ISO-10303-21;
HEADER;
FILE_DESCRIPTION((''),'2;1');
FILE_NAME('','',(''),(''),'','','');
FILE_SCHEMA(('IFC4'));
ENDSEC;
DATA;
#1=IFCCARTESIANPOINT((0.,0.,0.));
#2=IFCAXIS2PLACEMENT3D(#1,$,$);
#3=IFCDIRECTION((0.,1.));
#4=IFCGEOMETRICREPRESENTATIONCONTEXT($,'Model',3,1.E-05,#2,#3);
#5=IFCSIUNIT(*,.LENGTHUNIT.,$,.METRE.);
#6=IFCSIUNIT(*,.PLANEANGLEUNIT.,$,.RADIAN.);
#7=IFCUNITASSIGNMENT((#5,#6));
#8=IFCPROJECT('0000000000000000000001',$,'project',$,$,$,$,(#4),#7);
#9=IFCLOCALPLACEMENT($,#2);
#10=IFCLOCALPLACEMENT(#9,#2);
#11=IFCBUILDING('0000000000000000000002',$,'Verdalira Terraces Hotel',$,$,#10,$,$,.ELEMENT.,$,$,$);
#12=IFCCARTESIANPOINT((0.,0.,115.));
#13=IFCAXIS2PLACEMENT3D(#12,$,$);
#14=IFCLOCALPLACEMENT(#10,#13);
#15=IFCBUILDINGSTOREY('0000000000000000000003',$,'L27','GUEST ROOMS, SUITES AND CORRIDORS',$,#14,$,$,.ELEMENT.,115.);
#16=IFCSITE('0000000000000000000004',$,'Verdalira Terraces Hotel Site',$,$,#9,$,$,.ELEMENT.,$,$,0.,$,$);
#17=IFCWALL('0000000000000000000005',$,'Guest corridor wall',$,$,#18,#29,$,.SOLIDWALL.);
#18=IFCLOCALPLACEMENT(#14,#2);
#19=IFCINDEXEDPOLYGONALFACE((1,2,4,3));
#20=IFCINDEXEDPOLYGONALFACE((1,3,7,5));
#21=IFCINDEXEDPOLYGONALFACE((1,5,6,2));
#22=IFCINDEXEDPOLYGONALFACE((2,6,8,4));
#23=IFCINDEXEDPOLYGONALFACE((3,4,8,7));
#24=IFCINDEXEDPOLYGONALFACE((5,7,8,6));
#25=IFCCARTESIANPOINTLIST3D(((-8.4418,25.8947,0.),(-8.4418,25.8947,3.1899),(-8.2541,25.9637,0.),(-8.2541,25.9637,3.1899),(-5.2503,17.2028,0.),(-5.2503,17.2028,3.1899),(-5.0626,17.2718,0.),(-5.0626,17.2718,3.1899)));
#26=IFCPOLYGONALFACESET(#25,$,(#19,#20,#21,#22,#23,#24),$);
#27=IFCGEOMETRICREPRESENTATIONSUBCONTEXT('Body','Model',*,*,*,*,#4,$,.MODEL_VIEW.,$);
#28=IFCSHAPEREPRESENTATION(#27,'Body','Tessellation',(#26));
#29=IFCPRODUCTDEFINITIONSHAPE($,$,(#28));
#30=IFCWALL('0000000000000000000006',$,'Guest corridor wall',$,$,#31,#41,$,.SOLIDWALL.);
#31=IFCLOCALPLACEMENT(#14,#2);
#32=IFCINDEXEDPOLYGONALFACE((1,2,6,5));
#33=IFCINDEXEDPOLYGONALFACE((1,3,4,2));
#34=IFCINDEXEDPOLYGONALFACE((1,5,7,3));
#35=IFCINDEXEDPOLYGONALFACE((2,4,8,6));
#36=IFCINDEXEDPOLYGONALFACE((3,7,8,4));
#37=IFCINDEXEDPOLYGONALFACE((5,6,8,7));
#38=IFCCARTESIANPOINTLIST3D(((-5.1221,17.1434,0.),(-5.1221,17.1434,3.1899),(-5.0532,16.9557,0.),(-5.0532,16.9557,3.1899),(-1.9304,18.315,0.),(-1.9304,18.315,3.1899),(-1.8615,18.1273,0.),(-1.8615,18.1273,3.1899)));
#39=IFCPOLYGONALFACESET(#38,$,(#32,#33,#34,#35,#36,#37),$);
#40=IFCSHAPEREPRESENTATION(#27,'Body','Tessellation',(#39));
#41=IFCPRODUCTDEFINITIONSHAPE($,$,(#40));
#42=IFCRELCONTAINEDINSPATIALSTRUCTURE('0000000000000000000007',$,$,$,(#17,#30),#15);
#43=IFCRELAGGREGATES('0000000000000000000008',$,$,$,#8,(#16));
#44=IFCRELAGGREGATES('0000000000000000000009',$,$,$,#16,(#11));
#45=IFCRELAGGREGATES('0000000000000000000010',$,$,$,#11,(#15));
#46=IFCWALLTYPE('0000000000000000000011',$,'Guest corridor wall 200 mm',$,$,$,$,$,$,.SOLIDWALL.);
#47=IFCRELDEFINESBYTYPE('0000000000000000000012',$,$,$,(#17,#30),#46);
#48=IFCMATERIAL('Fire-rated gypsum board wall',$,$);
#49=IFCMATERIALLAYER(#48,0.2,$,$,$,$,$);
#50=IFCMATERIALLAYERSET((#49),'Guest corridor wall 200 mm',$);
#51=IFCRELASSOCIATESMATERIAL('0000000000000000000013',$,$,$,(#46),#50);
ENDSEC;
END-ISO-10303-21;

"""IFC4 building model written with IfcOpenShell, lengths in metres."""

from ifc_helpers import new_model, si_unit, direction, frame, frame_2d, origin, place, context, subcontext, project, spatial, rectangle, extrude, material, layer, layer_set, type_object, element, save


model = new_model("IFC4")

# Units and contexts
model_context = context("Model", 3, precision=1e-05, world=origin(), true_north=direction((0.0, 1.0)))
body_context = subcontext(model_context, "Body", "Model", "MODEL_VIEW")
ifc_project = project(units=[si_unit("LENGTHUNIT", "METRE"), si_unit("PLANEANGLEUNIT", "RADIAN")], contexts=[model_context])

# Site, building, storey
site_placement = place(None, origin())
site = spatial("IfcSite", under=ifc_project, at=site_placement, Name="Verdalira Terraces Hotel Site", CompositionType="ELEMENT", RefElevation=0.0)
building_placement = place(site_placement, origin())
building = spatial("IfcBuilding", under=site, at=building_placement, Name="Verdalira Terraces Hotel", CompositionType="ELEMENT")
storey_placement = place(building_placement, frame((0.0, 0.0, 115.0)))
storey = spatial("IfcBuildingStorey", under=building, at=storey_placement, Name="L27", Description="GUEST ROOMS, SUITES AND CORRIDORS", CompositionType="ELEMENT", Elevation=115.0)

# Shared definitions
ifc_material_1 = material(Name="Fire-rated gypsum board wall")
ifc_layer_1 = layer(ifc_material_1, 0.2)
ifc_layer_set_1 = layer_set([ifc_layer_1], Name="Guest corridor wall 200 mm")
wall_type_1 = type_object("IfcWallType", Name="Guest corridor wall 200 mm", PredefinedType="SOLIDWALL", material=ifc_layer_set_1)

# Walls
wall_1_placement = place(storey_placement, frame((-5.1565, 17.2373, 0.0), z_axis=(0.0, 0.0, 1.0), x_axis=(-0.344671, 0.938723, 0.0)))
element("IfcWall", 1, at=wall_1_placement, inside=storey, type_object=wall_type_1, Name="Guest corridor wall", PredefinedType="SOLIDWALL", context=body_context, shape_type="SweptSolid", body=[
    extrude(rectangle(XDim=9.2593, YDim=0.2, at=frame_2d((4.6296, 0.0))), origin(), (0.0, 0.0, 1.0), 3.1899),
])
wall_2_placement = place(storey_placement, frame((-1.896, 18.2212, 0.0), z_axis=(0.0, 0.0, 1.0), x_axis=(-0.938747, -0.344607, 0.0)))
element("IfcWall", 2, at=wall_2_placement, inside=storey, type_object=wall_type_1, Name="Guest corridor wall", PredefinedType="SOLIDWALL", context=body_context, shape_type="SweptSolid", body=[
    extrude(rectangle(XDim=3.3999, YDim=0.2, at=frame_2d((1.7, 0.0))), origin(), (0.0, 0.0, 1.0), 3.1899),
])

save(model, "model.ifc")
